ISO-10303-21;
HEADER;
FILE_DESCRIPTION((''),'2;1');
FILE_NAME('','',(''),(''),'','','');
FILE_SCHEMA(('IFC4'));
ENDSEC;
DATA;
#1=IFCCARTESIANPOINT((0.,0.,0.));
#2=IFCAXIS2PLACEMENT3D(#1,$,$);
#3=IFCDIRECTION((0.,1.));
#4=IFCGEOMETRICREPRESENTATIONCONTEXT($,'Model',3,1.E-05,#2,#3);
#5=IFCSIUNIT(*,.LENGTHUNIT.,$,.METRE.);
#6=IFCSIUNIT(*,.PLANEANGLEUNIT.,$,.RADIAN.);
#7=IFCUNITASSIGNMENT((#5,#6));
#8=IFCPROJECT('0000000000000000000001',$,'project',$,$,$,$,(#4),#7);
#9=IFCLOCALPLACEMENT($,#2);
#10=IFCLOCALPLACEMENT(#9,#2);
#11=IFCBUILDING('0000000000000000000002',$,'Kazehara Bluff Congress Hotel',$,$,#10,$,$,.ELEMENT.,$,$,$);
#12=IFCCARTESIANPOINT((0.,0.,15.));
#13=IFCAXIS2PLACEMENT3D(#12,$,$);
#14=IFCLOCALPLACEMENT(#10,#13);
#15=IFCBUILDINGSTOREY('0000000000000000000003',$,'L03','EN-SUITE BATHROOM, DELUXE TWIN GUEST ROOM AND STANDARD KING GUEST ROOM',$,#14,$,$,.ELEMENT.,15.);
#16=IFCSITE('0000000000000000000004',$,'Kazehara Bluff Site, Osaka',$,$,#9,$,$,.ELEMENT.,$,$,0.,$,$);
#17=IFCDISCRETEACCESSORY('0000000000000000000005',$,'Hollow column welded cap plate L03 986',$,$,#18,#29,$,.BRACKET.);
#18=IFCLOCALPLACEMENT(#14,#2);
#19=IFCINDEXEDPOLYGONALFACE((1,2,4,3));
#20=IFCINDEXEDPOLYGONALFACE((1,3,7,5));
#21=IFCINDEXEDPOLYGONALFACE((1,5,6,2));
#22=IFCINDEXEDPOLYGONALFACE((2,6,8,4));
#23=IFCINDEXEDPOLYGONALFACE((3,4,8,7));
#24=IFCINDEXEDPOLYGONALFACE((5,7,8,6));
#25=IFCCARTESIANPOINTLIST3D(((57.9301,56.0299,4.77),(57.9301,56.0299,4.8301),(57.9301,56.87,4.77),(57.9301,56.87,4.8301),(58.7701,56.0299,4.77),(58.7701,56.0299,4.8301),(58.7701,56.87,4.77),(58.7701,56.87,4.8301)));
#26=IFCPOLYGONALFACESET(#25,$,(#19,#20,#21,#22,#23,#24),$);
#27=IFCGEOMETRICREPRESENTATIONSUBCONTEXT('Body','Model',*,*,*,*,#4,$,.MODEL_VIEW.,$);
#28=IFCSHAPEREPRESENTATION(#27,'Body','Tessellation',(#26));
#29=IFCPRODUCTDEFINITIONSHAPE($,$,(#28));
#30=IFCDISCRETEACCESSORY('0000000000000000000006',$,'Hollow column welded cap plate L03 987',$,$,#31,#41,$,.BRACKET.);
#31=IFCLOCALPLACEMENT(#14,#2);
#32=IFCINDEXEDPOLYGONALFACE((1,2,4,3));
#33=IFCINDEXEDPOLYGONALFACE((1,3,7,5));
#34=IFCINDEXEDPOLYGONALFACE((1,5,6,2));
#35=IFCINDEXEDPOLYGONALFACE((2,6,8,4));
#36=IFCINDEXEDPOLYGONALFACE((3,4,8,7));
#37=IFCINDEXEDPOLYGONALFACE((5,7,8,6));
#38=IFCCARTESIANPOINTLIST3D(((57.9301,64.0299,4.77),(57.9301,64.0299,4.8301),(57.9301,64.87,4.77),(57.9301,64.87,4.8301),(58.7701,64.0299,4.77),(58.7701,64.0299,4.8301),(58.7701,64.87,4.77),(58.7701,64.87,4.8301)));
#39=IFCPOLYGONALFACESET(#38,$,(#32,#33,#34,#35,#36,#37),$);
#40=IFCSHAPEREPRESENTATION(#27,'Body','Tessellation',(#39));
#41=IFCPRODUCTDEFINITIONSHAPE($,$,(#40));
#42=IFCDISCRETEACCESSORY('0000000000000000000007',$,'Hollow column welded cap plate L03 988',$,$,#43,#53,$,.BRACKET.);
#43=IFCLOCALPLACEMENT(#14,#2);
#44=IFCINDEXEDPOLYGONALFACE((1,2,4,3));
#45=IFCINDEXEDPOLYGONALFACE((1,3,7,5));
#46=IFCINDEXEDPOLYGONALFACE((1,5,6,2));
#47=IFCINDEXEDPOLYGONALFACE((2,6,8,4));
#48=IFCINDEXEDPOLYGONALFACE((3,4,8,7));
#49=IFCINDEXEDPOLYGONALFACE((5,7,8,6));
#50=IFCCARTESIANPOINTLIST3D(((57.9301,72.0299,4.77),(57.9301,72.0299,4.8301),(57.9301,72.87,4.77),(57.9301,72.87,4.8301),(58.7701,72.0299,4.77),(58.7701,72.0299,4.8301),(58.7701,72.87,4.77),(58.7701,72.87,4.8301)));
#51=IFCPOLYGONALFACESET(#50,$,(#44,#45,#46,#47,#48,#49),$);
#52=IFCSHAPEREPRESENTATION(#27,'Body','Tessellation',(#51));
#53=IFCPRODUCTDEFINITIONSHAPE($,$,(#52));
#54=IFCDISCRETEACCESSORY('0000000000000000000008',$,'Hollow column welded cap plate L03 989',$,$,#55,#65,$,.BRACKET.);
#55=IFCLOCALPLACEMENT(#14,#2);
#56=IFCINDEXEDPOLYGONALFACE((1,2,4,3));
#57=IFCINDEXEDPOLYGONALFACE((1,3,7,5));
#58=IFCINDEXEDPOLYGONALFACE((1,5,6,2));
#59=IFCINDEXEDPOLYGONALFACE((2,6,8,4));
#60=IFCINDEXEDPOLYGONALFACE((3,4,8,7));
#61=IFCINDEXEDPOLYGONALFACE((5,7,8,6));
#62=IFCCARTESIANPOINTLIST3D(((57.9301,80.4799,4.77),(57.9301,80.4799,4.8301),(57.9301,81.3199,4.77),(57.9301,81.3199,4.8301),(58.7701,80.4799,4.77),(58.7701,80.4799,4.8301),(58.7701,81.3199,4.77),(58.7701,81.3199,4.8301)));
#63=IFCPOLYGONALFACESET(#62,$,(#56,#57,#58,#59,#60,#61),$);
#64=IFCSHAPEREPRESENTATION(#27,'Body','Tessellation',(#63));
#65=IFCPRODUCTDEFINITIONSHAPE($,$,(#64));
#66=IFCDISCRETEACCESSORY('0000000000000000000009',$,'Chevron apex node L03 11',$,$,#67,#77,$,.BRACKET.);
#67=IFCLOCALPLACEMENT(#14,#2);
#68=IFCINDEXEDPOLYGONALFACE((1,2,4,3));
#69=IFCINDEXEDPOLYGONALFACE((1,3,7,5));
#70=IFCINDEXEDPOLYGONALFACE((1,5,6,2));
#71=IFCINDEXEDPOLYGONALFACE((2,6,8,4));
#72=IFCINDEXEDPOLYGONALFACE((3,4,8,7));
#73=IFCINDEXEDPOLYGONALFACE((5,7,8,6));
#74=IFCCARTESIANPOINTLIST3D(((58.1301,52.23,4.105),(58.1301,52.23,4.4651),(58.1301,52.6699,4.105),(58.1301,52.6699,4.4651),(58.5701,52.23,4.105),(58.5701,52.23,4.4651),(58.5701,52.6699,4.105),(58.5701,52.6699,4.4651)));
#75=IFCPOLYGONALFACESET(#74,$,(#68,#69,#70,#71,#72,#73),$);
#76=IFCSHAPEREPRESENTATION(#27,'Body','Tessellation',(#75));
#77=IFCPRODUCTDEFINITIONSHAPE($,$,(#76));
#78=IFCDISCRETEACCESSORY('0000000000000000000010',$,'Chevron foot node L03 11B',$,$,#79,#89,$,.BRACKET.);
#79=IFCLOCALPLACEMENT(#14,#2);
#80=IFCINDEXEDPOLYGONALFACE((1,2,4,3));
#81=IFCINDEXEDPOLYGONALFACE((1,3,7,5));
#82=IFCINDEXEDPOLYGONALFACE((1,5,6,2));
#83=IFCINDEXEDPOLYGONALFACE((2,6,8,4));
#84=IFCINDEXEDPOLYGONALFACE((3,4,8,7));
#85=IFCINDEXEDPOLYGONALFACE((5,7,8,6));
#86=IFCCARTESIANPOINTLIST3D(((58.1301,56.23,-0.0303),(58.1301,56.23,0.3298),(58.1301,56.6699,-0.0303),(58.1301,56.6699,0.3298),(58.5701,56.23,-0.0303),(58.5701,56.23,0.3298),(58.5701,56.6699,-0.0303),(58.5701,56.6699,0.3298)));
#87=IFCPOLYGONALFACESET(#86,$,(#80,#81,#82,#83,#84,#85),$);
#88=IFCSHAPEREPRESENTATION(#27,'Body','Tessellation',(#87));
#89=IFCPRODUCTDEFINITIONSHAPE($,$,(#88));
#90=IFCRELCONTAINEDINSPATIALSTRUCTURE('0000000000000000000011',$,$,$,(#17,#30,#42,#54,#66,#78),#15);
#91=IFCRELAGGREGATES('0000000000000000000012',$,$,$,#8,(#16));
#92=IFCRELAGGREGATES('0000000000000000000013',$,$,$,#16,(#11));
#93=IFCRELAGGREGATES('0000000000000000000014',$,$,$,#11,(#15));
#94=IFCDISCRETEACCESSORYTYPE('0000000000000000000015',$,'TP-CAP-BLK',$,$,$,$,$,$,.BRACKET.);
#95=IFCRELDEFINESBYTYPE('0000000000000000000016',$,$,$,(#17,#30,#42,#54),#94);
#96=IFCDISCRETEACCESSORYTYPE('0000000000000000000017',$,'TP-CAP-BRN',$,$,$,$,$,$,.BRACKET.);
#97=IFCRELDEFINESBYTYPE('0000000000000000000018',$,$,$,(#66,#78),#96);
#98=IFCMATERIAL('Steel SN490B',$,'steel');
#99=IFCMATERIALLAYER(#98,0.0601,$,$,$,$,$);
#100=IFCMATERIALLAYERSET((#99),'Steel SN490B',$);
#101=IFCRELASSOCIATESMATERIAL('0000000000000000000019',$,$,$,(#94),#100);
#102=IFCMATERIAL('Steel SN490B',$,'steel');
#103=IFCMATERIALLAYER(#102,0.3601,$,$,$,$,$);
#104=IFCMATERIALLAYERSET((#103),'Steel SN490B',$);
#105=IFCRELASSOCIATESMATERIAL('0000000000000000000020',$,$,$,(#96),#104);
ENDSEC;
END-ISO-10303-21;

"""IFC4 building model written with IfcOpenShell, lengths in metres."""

from ifc_helpers import new_model, si_unit, direction, frame, origin, origin_2d, place, context, subcontext, project, spatial, rectangle, extrude, material, layer, layer_set, type_object, element, save


model = new_model("IFC4")

# Units and contexts
model_context = context("Model", 3, precision=1e-05, world=origin(), true_north=direction((0.0, 1.0)))
body_context = subcontext(model_context, "Body", "Model", "MODEL_VIEW")
ifc_project = project(units=[si_unit("LENGTHUNIT", "METRE"), si_unit("PLANEANGLEUNIT", "RADIAN")], contexts=[model_context])

# Site, building, storey
site_placement = place(None, origin())
site = spatial("IfcSite", under=ifc_project, at=site_placement, Name="Kazehara Bluff Site, Osaka", CompositionType="ELEMENT", RefElevation=0.0)
building_placement = place(site_placement, origin())
building = spatial("IfcBuilding", under=site, at=building_placement, Name="Kazehara Bluff Congress Hotel", CompositionType="ELEMENT")
storey_placement = place(building_placement, frame((0.0, 0.0, 15.0)))
storey = spatial("IfcBuildingStorey", under=building, at=storey_placement, Name="L03", Description="EN-SUITE BATHROOM, DELUXE TWIN GUEST ROOM AND STANDARD KING GUEST ROOM", CompositionType="ELEMENT", Elevation=15.0)

# Discrete accessories
ifc_material_1 = material(Name="Steel SN490B", Category="steel")
ifc_layer_1 = layer(ifc_material_1, 0.0601)
ifc_layer_set_1 = layer_set([ifc_layer_1], Name="Steel SN490B")
discrete_accessory_type_1 = type_object("IfcDiscreteAccessoryType", Name="TP-CAP-BLK", PredefinedType="BRACKET", material=ifc_layer_set_1)
for number, where, z_axis, x_axis, name in (
    (1, (58.3501, 56.45, 4.77), (0.0, 0.0, 1.0), (1.0, 0.0, 0.0), "Hollow column welded cap plate L03 986"),
    (2, (58.3501, 64.45, 4.77), (0.0, 0.0, 1.0), (1.0, 0.0, 0.0), "Hollow column welded cap plate L03 987"),
    (3, (58.3501, 72.45, 4.77), (0.0, 0.0, 1.0), (1.0, 0.0, 0.0), "Hollow column welded cap plate L03 988"),
    (4, (58.3501, 80.8999, 4.77), (0.0, 0.0, 1.0), (1.0, 0.0, 0.0), "Hollow column welded cap plate L03 989"),
):
    element("IfcDiscreteAccessory", number, at=place(storey_placement, frame(where, z_axis=z_axis, x_axis=x_axis)), inside=storey, type_object=discrete_accessory_type_1, Name=name, PredefinedType="BRACKET", context=body_context, shape_type="SweptSolid", body=[
        extrude(rectangle(XDim=0.8401, YDim=0.8401, at=origin_2d()), origin(), (0.0, 0.0, 1.0), 0.0601),
    ])
ifc_material_2 = material(Name="Steel SN490B", Category="steel")
ifc_layer_2 = layer(ifc_material_2, 0.3601)
ifc_layer_set_2 = layer_set([ifc_layer_2], Name="Steel SN490B")
discrete_accessory_type_2 = type_object("IfcDiscreteAccessoryType", Name="TP-CAP-BRN", PredefinedType="BRACKET", material=ifc_layer_set_2)
for number, where, z_axis, x_axis, name in (
    (5, (58.3501, 52.45, 4.105), (0.0, 0.0, 1.0), (1.0, 0.0, 0.0), "Chevron apex node L03 11"),
    (6, (58.3501, 56.45, -0.0303), (0.0, 0.0, 1.0), (1.0, 0.0, 0.0), "Chevron foot node L03 11B"),
):
    element("IfcDiscreteAccessory", number, at=place(storey_placement, frame(where, z_axis=z_axis, x_axis=x_axis)), inside=storey, type_object=discrete_accessory_type_2, Name=name, PredefinedType="BRACKET", context=body_context, shape_type="SweptSolid", body=[
        extrude(rectangle(XDim=0.4399, YDim=0.4399, at=origin_2d()), origin(), (0.0, 0.0, 1.0), 0.3601),
    ])

save(model, "model.ifc")
